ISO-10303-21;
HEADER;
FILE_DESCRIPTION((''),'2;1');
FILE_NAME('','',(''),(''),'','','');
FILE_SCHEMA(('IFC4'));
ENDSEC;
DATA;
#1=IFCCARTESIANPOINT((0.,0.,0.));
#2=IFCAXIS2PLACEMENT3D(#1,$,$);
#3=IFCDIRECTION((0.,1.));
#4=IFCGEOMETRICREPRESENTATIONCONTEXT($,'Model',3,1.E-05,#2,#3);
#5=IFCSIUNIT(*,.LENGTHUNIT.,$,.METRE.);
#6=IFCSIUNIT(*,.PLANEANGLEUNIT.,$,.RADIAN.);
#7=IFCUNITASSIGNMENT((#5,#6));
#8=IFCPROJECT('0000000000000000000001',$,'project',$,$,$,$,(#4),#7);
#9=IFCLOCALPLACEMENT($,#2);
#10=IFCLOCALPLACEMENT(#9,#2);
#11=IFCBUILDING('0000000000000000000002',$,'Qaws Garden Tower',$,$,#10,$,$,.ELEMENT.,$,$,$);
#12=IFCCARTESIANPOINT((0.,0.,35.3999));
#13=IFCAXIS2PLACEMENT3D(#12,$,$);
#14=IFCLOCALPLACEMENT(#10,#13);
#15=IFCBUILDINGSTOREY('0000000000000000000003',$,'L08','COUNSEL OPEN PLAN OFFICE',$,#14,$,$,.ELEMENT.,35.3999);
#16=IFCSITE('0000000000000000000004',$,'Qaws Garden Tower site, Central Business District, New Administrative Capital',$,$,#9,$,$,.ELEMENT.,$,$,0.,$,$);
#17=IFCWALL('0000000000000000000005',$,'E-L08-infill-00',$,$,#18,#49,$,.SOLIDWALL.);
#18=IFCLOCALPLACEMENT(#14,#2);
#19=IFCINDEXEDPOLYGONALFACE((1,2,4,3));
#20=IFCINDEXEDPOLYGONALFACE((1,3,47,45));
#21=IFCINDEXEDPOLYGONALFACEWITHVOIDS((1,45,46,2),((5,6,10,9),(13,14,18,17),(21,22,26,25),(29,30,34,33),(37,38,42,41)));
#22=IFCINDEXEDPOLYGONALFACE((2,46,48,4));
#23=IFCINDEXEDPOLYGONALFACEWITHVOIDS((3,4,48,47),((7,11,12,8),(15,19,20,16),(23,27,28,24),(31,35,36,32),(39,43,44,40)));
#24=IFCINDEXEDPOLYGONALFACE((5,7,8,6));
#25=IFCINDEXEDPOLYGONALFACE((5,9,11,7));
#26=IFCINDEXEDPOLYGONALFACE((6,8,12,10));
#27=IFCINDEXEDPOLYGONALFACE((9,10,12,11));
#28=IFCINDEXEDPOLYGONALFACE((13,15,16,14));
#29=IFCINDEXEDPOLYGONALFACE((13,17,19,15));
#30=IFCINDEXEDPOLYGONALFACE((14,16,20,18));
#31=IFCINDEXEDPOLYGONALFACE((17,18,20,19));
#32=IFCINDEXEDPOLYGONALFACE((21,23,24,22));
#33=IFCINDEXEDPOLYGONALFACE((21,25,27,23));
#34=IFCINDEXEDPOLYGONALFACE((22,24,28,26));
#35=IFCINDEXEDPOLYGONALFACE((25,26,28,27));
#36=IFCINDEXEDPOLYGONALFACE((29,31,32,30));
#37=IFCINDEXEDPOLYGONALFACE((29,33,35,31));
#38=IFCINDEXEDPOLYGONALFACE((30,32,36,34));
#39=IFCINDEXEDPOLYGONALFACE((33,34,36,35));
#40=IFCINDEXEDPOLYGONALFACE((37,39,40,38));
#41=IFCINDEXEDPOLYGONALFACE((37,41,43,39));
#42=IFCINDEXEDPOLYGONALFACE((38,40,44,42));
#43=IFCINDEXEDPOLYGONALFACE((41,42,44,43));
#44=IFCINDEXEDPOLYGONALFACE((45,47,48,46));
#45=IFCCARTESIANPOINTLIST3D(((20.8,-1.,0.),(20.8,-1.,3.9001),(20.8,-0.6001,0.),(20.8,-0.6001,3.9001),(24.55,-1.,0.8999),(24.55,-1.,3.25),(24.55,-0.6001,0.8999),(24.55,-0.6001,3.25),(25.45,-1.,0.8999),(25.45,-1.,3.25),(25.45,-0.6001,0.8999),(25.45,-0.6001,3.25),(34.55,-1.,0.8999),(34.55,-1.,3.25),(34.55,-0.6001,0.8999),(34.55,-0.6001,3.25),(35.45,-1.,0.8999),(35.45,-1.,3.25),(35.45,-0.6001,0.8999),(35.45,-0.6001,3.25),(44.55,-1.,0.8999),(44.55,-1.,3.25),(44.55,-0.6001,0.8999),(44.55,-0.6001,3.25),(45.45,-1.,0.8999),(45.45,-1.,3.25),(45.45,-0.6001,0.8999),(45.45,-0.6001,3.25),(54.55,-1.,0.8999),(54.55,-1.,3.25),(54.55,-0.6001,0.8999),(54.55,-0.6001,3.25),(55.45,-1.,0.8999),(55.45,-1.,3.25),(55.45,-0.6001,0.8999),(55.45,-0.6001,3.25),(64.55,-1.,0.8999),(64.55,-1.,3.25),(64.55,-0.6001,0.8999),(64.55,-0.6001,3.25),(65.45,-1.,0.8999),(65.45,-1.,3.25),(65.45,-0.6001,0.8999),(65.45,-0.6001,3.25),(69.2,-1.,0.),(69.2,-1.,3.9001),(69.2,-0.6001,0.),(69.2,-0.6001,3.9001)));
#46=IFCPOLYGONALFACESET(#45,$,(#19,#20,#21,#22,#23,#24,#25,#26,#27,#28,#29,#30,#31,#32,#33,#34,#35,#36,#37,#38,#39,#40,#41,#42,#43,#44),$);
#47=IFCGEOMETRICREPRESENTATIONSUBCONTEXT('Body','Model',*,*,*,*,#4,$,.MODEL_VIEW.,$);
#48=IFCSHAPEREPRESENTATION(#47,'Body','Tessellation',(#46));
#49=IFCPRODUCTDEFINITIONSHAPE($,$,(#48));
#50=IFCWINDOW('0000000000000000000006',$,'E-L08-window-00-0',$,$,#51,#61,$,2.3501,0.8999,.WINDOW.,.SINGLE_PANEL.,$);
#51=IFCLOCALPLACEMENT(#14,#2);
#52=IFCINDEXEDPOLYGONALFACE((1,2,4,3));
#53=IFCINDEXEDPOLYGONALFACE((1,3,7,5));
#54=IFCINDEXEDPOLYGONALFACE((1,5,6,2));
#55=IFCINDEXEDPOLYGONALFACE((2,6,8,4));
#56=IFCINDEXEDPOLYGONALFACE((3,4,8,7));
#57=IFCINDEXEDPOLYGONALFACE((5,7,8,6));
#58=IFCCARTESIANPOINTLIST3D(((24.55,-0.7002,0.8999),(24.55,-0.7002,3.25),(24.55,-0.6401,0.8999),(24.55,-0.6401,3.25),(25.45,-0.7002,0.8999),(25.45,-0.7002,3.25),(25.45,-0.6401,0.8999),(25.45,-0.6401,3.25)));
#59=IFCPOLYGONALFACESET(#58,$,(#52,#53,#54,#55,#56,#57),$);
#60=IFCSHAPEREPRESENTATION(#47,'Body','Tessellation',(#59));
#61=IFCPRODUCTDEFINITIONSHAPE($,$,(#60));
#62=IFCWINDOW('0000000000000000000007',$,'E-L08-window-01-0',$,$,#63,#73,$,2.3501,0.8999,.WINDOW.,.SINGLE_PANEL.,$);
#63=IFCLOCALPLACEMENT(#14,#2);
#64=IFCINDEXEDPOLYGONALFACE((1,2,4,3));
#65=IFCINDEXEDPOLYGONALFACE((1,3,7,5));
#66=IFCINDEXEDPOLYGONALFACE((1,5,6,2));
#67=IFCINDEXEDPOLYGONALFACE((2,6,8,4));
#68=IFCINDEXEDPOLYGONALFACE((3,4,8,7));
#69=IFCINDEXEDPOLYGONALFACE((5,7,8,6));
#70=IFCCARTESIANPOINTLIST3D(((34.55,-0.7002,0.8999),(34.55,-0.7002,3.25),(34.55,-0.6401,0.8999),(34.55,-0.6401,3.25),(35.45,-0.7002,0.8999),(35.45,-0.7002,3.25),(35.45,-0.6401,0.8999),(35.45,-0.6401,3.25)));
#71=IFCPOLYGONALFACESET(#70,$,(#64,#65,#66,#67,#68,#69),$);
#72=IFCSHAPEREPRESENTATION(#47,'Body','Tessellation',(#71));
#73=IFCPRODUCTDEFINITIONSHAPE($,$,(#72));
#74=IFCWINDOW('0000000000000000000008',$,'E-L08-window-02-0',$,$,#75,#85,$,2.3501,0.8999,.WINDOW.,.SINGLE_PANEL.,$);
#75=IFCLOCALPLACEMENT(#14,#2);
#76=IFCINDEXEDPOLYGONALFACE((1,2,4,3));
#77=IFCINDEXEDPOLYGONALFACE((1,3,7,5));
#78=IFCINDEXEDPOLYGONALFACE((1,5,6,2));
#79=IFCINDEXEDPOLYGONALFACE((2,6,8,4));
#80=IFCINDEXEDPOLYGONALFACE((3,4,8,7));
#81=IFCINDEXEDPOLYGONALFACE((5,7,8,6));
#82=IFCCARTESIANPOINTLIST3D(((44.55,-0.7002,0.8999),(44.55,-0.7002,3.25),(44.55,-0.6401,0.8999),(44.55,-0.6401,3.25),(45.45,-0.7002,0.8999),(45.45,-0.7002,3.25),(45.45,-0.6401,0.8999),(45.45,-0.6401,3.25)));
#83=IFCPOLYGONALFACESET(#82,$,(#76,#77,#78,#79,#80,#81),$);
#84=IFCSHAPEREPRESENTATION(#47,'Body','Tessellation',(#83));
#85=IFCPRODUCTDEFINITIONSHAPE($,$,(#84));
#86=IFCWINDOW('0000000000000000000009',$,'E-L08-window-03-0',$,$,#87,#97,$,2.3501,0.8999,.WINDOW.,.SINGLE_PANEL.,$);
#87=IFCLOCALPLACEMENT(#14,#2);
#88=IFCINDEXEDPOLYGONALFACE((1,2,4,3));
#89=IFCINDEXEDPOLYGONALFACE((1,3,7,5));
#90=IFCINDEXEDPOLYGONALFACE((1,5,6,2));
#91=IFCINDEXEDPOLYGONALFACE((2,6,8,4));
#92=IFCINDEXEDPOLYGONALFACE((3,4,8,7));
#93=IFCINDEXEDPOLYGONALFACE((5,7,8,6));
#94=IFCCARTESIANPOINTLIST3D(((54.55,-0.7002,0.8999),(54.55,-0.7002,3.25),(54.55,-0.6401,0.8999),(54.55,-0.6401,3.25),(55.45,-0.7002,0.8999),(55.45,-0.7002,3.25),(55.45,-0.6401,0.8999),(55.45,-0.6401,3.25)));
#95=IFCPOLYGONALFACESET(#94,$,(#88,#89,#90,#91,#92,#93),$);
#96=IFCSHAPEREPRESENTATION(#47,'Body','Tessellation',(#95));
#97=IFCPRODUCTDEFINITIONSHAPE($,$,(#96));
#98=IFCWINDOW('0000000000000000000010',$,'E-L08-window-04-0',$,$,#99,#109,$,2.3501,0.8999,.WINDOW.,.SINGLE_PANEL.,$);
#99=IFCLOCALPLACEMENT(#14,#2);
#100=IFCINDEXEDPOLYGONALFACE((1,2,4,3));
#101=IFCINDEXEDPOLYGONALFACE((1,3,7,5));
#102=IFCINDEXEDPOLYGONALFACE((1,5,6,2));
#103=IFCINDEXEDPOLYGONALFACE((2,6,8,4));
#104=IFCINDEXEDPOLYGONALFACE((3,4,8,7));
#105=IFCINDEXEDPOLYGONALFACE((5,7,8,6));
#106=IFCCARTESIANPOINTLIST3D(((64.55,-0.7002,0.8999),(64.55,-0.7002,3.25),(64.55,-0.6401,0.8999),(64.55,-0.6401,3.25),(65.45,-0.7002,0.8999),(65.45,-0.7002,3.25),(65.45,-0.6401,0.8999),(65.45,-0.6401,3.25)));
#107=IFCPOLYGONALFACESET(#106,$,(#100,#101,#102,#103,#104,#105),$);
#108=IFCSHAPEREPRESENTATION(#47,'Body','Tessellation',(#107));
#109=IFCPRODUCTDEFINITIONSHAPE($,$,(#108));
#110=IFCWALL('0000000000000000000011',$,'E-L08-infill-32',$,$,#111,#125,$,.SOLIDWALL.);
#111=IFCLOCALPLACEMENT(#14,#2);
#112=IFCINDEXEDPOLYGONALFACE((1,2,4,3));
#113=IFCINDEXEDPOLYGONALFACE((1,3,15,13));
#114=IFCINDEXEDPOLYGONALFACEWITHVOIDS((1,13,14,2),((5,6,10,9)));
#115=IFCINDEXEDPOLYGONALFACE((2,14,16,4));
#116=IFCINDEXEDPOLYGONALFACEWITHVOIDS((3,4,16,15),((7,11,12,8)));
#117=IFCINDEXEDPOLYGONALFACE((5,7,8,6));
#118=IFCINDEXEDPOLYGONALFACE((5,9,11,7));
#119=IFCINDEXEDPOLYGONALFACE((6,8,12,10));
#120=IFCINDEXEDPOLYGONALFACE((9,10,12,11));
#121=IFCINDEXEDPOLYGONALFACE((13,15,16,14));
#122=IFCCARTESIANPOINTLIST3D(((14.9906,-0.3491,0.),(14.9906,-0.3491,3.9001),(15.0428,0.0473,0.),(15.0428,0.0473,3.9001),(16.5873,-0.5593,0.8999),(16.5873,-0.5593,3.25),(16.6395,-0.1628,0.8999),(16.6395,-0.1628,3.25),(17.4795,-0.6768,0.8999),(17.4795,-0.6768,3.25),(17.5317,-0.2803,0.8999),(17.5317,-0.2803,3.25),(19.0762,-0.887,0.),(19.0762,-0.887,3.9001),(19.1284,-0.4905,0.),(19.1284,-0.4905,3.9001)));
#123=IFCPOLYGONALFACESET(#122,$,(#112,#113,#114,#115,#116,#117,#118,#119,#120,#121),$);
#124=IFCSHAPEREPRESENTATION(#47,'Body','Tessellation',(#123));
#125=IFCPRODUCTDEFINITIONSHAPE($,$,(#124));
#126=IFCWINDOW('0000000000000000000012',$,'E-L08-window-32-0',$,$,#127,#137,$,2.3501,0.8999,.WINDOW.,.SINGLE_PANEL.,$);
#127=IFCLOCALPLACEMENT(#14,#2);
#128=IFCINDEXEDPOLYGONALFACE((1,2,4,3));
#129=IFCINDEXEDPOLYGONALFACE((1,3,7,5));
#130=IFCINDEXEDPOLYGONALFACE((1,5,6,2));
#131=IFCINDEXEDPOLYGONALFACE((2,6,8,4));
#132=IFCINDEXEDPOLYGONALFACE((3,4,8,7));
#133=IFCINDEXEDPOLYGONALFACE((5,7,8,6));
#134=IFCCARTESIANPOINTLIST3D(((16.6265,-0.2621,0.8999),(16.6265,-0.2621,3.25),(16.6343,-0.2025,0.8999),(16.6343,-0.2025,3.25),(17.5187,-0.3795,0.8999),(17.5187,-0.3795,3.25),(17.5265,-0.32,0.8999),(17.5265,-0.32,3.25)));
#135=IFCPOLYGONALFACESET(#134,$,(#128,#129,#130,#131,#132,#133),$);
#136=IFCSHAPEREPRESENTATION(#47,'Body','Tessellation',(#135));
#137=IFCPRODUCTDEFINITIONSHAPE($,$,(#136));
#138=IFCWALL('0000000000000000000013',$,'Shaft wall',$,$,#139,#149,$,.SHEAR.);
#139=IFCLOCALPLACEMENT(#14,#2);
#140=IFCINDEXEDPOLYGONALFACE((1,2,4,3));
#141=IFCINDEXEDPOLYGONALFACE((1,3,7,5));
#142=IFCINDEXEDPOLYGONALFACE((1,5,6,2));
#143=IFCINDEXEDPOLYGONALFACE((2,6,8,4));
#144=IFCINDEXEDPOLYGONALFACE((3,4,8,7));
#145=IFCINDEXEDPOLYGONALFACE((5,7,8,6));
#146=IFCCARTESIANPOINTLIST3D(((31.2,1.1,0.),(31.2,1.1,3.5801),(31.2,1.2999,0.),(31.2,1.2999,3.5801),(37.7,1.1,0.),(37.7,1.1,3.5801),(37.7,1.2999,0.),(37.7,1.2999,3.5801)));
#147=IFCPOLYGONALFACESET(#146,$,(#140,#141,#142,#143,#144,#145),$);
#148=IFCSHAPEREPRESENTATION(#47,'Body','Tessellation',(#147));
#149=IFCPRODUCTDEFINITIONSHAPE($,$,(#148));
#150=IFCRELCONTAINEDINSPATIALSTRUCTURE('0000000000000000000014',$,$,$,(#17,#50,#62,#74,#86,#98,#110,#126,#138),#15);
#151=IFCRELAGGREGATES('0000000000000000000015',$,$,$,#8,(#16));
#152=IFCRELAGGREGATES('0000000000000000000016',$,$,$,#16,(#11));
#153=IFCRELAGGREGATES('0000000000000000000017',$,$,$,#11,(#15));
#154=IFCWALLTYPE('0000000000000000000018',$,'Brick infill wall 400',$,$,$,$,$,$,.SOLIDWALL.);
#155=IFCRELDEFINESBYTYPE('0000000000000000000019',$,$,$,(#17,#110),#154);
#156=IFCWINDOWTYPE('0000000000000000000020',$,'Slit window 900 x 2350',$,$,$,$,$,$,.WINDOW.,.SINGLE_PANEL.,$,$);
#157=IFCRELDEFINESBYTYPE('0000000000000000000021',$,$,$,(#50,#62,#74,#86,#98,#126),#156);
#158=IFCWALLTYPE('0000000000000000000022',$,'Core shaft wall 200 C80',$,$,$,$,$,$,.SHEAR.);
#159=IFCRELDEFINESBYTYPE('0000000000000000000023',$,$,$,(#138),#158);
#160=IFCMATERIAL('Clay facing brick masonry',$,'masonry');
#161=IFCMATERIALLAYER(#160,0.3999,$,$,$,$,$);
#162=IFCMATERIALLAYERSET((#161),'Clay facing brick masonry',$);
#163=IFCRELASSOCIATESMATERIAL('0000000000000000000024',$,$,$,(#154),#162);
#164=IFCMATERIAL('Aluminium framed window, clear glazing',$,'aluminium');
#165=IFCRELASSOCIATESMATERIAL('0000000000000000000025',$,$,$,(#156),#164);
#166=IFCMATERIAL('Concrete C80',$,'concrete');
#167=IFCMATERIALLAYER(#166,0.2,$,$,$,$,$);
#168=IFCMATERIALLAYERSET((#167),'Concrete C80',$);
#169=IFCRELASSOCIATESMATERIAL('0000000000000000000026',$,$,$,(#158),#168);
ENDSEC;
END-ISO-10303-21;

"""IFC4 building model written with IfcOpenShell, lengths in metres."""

from ifc_helpers import new_model, si_unit, direction, frame, frame_2d, origin, place, context, subcontext, project, spatial, rectangle, extrude, material, layer, layer_set, type_object, element, fill, save


model = new_model("IFC4")

# Units and contexts
model_context = context("Model", 3, precision=1e-05, world=origin(), true_north=direction((0.0, 1.0)))
body_context = subcontext(model_context, "Body", "Model", "MODEL_VIEW")
ifc_project = project(units=[si_unit("LENGTHUNIT", "METRE"), si_unit("PLANEANGLEUNIT", "RADIAN")], contexts=[model_context])

# Site, building, storey
site_placement = place(None, origin())
site = spatial("IfcSite", under=ifc_project, at=site_placement, Name="Qaws Garden Tower site, Central Business District, New Administrative Capital", CompositionType="ELEMENT", RefElevation=0.0)
building_placement = place(site_placement, origin())
building = spatial("IfcBuilding", under=site, at=building_placement, Name="Qaws Garden Tower", CompositionType="ELEMENT")
storey_placement = place(building_placement, frame((0.0, 0.0, 35.3999)))
storey = spatial("IfcBuildingStorey", under=building, at=storey_placement, Name="L08", Description="COUNSEL OPEN PLAN OFFICE", CompositionType="ELEMENT", Elevation=35.3999)

# Wall, openings, windows
ifc_material_1 = material(Name="Clay facing brick masonry", Category="masonry")
ifc_layer_1 = layer(ifc_material_1, 0.3999)
ifc_layer_set_1 = layer_set([ifc_layer_1], Name="Clay facing brick masonry")
wall_type_1 = type_object("IfcWallType", Name="Brick infill wall 400", PredefinedType="SOLIDWALL", material=ifc_layer_set_1)
wall_1_placement = place(storey_placement, frame((20.8, -0.8, 0.0), z_axis=(0.0, 0.0, 1.0), x_axis=(1.0, 0.0, 0.0)))
wall_1 = element("IfcWall", 1, at=wall_1_placement, inside=storey, type_object=wall_type_1, Name="E-L08-infill-00", PredefinedType="SOLIDWALL", context=body_context, shape_type="SweptSolid", body=[
    extrude(rectangle(XDim=48.3999, YDim=0.3999, at=frame_2d((24.2, 0.0))), origin(), (0.0, 0.0, 1.0), 3.9001),
])
opening_1_placement = place(wall_1_placement, frame((3.75, 0.0, 0.8999)))
opening_1 = element("IfcOpeningElement", 2, at=opening_1_placement, cuts=wall_1, PredefinedType="OPENING", context=body_context, shape_type="SweptSolid", body=[
    extrude(rectangle(XDim=0.8999, YDim=2.3501, at=frame_2d((0.45, 1.175))), frame((0.0, 0.21, 0.0), z_axis=(0.0, -1.0, 0.0), x_axis=(1.0, 0.0, 0.0)), (0.0, 0.0, 1.0), 0.4199),
])
opening_2_placement = place(wall_1_placement, frame((13.75, 0.0, 0.8999)))
opening_2 = element("IfcOpeningElement", 3, at=opening_2_placement, cuts=wall_1, PredefinedType="OPENING", context=body_context, shape_type="SweptSolid", body=[
    extrude(rectangle(XDim=0.8999, YDim=2.3501, at=frame_2d((0.45, 1.175))), frame((0.0, 0.21, 0.0), z_axis=(0.0, -1.0, 0.0), x_axis=(1.0, 0.0, 0.0)), (0.0, 0.0, 1.0), 0.4199),
])
opening_3_placement = place(wall_1_placement, frame((23.75, 0.0, 0.8999)))
opening_3 = element("IfcOpeningElement", 4, at=opening_3_placement, cuts=wall_1, PredefinedType="OPENING", context=body_context, shape_type="SweptSolid", body=[
    extrude(rectangle(XDim=0.8999, YDim=2.3501, at=frame_2d((0.45, 1.175))), frame((0.0, 0.21, 0.0), z_axis=(0.0, -1.0, 0.0), x_axis=(1.0, 0.0, 0.0)), (0.0, 0.0, 1.0), 0.4199),
])
opening_4_placement = place(wall_1_placement, frame((33.75, 0.0, 0.8999)))
opening_4 = element("IfcOpeningElement", 5, at=opening_4_placement, cuts=wall_1, PredefinedType="OPENING", context=body_context, shape_type="SweptSolid", body=[
    extrude(rectangle(XDim=0.8999, YDim=2.3501, at=frame_2d((0.45, 1.175))), frame((0.0, 0.21, 0.0), z_axis=(0.0, -1.0, 0.0), x_axis=(1.0, 0.0, 0.0)), (0.0, 0.0, 1.0), 0.4199),
])
opening_5_placement = place(wall_1_placement, frame((43.75, 0.0, 0.8999)))
opening_5 = element("IfcOpeningElement", 6, at=opening_5_placement, cuts=wall_1, PredefinedType="OPENING", context=body_context, shape_type="SweptSolid", body=[
    extrude(rectangle(XDim=0.8999, YDim=2.3501, at=frame_2d((0.45, 1.175))), frame((0.0, 0.21, 0.0), z_axis=(0.0, -1.0, 0.0), x_axis=(1.0, 0.0, 0.0)), (0.0, 0.0, 1.0), 0.4199),
])
ifc_material_2 = material(Name="Aluminium framed window, clear glazing", Category="aluminium")
window_type = type_object("IfcWindowType", Name="Slit window 900 x 2350", PartitioningType="SINGLE_PANEL", PredefinedType="WINDOW", material=ifc_material_2)
window_1_placement = place(opening_1_placement, origin())
window_1 = element("IfcWindow", 7, at=window_1_placement, inside=storey, type_object=window_type, Name="E-L08-window-00-0", OverallHeight=2.3501, OverallWidth=0.8999, PartitioningType="SINGLE_PANEL", PredefinedType="WINDOW", context=body_context, shape_type="SweptSolid", body=[
    extrude(rectangle(XDim=0.8999, YDim=2.3501, at=frame_2d((0.45, 1.175))), frame((0.0, 0.1599, 0.0), z_axis=(0.0, -1.0, 0.0), x_axis=(1.0, 0.0, 0.0)), (0.0, 0.0, 1.0), 0.0601),
])
fill(opening_1, window_1)
window_2_placement = place(opening_2_placement, origin())
window_2 = element("IfcWindow", 8, at=window_2_placement, inside=storey, type_object=window_type, Name="E-L08-window-01-0", OverallHeight=2.3501, OverallWidth=0.8999, PartitioningType="SINGLE_PANEL", PredefinedType="WINDOW", context=body_context, shape_type="SweptSolid", body=[
    extrude(rectangle(XDim=0.8999, YDim=2.3501, at=frame_2d((0.45, 1.175))), frame((0.0, 0.1599, 0.0), z_axis=(0.0, -1.0, 0.0), x_axis=(1.0, 0.0, 0.0)), (0.0, 0.0, 1.0), 0.0601),
])
fill(opening_2, window_2)
window_3_placement = place(opening_3_placement, origin())
window_3 = element("IfcWindow", 9, at=window_3_placement, inside=storey, type_object=window_type, Name="E-L08-window-02-0", OverallHeight=2.3501, OverallWidth=0.8999, PartitioningType="SINGLE_PANEL", PredefinedType="WINDOW", context=body_context, shape_type="SweptSolid", body=[
    extrude(rectangle(XDim=0.8999, YDim=2.3501, at=frame_2d((0.45, 1.175))), frame((0.0, 0.1599, 0.0), z_axis=(0.0, -1.0, 0.0), x_axis=(1.0, 0.0, 0.0)), (0.0, 0.0, 1.0), 0.0601),
])
fill(opening_3, window_3)
window_4_placement = place(opening_4_placement, origin())
window_4 = element("IfcWindow", 10, at=window_4_placement, inside=storey, type_object=window_type, Name="E-L08-window-03-0", OverallHeight=2.3501, OverallWidth=0.8999, PartitioningType="SINGLE_PANEL", PredefinedType="WINDOW", context=body_context, shape_type="SweptSolid", body=[
    extrude(rectangle(XDim=0.8999, YDim=2.3501, at=frame_2d((0.45, 1.175))), frame((0.0, 0.1599, 0.0), z_axis=(0.0, -1.0, 0.0), x_axis=(1.0, 0.0, 0.0)), (0.0, 0.0, 1.0), 0.0601),
])
fill(opening_4, window_4)
window_5_placement = place(opening_5_placement, origin())
window_5 = element("IfcWindow", 11, at=window_5_placement, inside=storey, type_object=window_type, Name="E-L08-window-04-0", OverallHeight=2.3501, OverallWidth=0.8999, PartitioningType="SINGLE_PANEL", PredefinedType="WINDOW", context=body_context, shape_type="SweptSolid", body=[
    extrude(rectangle(XDim=0.8999, YDim=2.3501, at=frame_2d((0.45, 1.175))), frame((0.0, 0.1599, 0.0), z_axis=(0.0, -1.0, 0.0), x_axis=(1.0, 0.0, 0.0)), (0.0, 0.0, 1.0), 0.0601),
])
fill(opening_5, window_5)

# Wall, opening, window
wall_2_placement = place(storey_placement, frame((15.0166, -0.1509, 0.0), z_axis=(0.0, 0.0, 1.0), x_axis=(0.991446, -0.130514, 0.0)))
wall_2 = element("IfcWall", 12, at=wall_2_placement, inside=storey, type_object=wall_type_1, Name="E-L08-infill-32", PredefinedType="SOLIDWALL", context=body_context, shape_type="SweptSolid", body=[
    extrude(rectangle(XDim=4.1208, YDim=0.3999, at=frame_2d((2.0605, 0.0))), origin(), (0.0, 0.0, 1.0), 3.9001),
])
opening_6_placement = place(wall_2_placement, frame((1.6106, 0.0, 0.8999)))
opening_6 = element("IfcOpeningElement", 13, at=opening_6_placement, cuts=wall_2, PredefinedType="OPENING", context=body_context, shape_type="SweptSolid", body=[
    extrude(rectangle(XDim=0.8999, YDim=2.3501, at=frame_2d((0.45, 1.175))), frame((0.0, 0.21, 0.0), z_axis=(0.0, -1.0, 0.0), x_axis=(1.0, 0.0, 0.0)), (0.0, 0.0, 1.0), 0.4199),
])
window_6_placement = place(opening_6_placement, origin())
window_6 = element("IfcWindow", 14, at=window_6_placement, inside=storey, type_object=window_type, Name="E-L08-window-32-0", OverallHeight=2.3501, OverallWidth=0.8999, PartitioningType="SINGLE_PANEL", PredefinedType="WINDOW", context=body_context, shape_type="SweptSolid", body=[
    extrude(rectangle(XDim=0.8999, YDim=2.3501, at=frame_2d((0.45, 1.175))), frame((0.0, 0.1599, 0.0), z_axis=(0.0, -1.0, 0.0), x_axis=(1.0, 0.0, 0.0)), (0.0, 0.0, 1.0), 0.0601),
])
fill(opening_6, window_6)

# Wall
ifc_material_3 = material(Name="Concrete C80", Category="concrete")
ifc_layer_2 = layer(ifc_material_3, 0.2)
ifc_layer_set_2 = layer_set([ifc_layer_2], Name="Concrete C80")
wall_type_2 = type_object("IfcWallType", Name="Core shaft wall 200 C80", PredefinedType="SHEAR", material=ifc_layer_set_2)
wall_3_placement = place(storey_placement, frame((31.2, 1.2, 0.0), z_axis=(0.0, 0.0, 1.0), x_axis=(1.0, 0.0, 0.0)))
element("IfcWall", 15, at=wall_3_placement, inside=storey, type_object=wall_type_2, Name="Shaft wall", PredefinedType="SHEAR", context=body_context, shape_type="SweptSolid", body=[
    extrude(rectangle(XDim=6.5, YDim=0.2, at=frame_2d((3.25, 0.0))), origin(), (0.0, 0.0, 1.0), 3.5801),
])

save(model, "model.ifc")
